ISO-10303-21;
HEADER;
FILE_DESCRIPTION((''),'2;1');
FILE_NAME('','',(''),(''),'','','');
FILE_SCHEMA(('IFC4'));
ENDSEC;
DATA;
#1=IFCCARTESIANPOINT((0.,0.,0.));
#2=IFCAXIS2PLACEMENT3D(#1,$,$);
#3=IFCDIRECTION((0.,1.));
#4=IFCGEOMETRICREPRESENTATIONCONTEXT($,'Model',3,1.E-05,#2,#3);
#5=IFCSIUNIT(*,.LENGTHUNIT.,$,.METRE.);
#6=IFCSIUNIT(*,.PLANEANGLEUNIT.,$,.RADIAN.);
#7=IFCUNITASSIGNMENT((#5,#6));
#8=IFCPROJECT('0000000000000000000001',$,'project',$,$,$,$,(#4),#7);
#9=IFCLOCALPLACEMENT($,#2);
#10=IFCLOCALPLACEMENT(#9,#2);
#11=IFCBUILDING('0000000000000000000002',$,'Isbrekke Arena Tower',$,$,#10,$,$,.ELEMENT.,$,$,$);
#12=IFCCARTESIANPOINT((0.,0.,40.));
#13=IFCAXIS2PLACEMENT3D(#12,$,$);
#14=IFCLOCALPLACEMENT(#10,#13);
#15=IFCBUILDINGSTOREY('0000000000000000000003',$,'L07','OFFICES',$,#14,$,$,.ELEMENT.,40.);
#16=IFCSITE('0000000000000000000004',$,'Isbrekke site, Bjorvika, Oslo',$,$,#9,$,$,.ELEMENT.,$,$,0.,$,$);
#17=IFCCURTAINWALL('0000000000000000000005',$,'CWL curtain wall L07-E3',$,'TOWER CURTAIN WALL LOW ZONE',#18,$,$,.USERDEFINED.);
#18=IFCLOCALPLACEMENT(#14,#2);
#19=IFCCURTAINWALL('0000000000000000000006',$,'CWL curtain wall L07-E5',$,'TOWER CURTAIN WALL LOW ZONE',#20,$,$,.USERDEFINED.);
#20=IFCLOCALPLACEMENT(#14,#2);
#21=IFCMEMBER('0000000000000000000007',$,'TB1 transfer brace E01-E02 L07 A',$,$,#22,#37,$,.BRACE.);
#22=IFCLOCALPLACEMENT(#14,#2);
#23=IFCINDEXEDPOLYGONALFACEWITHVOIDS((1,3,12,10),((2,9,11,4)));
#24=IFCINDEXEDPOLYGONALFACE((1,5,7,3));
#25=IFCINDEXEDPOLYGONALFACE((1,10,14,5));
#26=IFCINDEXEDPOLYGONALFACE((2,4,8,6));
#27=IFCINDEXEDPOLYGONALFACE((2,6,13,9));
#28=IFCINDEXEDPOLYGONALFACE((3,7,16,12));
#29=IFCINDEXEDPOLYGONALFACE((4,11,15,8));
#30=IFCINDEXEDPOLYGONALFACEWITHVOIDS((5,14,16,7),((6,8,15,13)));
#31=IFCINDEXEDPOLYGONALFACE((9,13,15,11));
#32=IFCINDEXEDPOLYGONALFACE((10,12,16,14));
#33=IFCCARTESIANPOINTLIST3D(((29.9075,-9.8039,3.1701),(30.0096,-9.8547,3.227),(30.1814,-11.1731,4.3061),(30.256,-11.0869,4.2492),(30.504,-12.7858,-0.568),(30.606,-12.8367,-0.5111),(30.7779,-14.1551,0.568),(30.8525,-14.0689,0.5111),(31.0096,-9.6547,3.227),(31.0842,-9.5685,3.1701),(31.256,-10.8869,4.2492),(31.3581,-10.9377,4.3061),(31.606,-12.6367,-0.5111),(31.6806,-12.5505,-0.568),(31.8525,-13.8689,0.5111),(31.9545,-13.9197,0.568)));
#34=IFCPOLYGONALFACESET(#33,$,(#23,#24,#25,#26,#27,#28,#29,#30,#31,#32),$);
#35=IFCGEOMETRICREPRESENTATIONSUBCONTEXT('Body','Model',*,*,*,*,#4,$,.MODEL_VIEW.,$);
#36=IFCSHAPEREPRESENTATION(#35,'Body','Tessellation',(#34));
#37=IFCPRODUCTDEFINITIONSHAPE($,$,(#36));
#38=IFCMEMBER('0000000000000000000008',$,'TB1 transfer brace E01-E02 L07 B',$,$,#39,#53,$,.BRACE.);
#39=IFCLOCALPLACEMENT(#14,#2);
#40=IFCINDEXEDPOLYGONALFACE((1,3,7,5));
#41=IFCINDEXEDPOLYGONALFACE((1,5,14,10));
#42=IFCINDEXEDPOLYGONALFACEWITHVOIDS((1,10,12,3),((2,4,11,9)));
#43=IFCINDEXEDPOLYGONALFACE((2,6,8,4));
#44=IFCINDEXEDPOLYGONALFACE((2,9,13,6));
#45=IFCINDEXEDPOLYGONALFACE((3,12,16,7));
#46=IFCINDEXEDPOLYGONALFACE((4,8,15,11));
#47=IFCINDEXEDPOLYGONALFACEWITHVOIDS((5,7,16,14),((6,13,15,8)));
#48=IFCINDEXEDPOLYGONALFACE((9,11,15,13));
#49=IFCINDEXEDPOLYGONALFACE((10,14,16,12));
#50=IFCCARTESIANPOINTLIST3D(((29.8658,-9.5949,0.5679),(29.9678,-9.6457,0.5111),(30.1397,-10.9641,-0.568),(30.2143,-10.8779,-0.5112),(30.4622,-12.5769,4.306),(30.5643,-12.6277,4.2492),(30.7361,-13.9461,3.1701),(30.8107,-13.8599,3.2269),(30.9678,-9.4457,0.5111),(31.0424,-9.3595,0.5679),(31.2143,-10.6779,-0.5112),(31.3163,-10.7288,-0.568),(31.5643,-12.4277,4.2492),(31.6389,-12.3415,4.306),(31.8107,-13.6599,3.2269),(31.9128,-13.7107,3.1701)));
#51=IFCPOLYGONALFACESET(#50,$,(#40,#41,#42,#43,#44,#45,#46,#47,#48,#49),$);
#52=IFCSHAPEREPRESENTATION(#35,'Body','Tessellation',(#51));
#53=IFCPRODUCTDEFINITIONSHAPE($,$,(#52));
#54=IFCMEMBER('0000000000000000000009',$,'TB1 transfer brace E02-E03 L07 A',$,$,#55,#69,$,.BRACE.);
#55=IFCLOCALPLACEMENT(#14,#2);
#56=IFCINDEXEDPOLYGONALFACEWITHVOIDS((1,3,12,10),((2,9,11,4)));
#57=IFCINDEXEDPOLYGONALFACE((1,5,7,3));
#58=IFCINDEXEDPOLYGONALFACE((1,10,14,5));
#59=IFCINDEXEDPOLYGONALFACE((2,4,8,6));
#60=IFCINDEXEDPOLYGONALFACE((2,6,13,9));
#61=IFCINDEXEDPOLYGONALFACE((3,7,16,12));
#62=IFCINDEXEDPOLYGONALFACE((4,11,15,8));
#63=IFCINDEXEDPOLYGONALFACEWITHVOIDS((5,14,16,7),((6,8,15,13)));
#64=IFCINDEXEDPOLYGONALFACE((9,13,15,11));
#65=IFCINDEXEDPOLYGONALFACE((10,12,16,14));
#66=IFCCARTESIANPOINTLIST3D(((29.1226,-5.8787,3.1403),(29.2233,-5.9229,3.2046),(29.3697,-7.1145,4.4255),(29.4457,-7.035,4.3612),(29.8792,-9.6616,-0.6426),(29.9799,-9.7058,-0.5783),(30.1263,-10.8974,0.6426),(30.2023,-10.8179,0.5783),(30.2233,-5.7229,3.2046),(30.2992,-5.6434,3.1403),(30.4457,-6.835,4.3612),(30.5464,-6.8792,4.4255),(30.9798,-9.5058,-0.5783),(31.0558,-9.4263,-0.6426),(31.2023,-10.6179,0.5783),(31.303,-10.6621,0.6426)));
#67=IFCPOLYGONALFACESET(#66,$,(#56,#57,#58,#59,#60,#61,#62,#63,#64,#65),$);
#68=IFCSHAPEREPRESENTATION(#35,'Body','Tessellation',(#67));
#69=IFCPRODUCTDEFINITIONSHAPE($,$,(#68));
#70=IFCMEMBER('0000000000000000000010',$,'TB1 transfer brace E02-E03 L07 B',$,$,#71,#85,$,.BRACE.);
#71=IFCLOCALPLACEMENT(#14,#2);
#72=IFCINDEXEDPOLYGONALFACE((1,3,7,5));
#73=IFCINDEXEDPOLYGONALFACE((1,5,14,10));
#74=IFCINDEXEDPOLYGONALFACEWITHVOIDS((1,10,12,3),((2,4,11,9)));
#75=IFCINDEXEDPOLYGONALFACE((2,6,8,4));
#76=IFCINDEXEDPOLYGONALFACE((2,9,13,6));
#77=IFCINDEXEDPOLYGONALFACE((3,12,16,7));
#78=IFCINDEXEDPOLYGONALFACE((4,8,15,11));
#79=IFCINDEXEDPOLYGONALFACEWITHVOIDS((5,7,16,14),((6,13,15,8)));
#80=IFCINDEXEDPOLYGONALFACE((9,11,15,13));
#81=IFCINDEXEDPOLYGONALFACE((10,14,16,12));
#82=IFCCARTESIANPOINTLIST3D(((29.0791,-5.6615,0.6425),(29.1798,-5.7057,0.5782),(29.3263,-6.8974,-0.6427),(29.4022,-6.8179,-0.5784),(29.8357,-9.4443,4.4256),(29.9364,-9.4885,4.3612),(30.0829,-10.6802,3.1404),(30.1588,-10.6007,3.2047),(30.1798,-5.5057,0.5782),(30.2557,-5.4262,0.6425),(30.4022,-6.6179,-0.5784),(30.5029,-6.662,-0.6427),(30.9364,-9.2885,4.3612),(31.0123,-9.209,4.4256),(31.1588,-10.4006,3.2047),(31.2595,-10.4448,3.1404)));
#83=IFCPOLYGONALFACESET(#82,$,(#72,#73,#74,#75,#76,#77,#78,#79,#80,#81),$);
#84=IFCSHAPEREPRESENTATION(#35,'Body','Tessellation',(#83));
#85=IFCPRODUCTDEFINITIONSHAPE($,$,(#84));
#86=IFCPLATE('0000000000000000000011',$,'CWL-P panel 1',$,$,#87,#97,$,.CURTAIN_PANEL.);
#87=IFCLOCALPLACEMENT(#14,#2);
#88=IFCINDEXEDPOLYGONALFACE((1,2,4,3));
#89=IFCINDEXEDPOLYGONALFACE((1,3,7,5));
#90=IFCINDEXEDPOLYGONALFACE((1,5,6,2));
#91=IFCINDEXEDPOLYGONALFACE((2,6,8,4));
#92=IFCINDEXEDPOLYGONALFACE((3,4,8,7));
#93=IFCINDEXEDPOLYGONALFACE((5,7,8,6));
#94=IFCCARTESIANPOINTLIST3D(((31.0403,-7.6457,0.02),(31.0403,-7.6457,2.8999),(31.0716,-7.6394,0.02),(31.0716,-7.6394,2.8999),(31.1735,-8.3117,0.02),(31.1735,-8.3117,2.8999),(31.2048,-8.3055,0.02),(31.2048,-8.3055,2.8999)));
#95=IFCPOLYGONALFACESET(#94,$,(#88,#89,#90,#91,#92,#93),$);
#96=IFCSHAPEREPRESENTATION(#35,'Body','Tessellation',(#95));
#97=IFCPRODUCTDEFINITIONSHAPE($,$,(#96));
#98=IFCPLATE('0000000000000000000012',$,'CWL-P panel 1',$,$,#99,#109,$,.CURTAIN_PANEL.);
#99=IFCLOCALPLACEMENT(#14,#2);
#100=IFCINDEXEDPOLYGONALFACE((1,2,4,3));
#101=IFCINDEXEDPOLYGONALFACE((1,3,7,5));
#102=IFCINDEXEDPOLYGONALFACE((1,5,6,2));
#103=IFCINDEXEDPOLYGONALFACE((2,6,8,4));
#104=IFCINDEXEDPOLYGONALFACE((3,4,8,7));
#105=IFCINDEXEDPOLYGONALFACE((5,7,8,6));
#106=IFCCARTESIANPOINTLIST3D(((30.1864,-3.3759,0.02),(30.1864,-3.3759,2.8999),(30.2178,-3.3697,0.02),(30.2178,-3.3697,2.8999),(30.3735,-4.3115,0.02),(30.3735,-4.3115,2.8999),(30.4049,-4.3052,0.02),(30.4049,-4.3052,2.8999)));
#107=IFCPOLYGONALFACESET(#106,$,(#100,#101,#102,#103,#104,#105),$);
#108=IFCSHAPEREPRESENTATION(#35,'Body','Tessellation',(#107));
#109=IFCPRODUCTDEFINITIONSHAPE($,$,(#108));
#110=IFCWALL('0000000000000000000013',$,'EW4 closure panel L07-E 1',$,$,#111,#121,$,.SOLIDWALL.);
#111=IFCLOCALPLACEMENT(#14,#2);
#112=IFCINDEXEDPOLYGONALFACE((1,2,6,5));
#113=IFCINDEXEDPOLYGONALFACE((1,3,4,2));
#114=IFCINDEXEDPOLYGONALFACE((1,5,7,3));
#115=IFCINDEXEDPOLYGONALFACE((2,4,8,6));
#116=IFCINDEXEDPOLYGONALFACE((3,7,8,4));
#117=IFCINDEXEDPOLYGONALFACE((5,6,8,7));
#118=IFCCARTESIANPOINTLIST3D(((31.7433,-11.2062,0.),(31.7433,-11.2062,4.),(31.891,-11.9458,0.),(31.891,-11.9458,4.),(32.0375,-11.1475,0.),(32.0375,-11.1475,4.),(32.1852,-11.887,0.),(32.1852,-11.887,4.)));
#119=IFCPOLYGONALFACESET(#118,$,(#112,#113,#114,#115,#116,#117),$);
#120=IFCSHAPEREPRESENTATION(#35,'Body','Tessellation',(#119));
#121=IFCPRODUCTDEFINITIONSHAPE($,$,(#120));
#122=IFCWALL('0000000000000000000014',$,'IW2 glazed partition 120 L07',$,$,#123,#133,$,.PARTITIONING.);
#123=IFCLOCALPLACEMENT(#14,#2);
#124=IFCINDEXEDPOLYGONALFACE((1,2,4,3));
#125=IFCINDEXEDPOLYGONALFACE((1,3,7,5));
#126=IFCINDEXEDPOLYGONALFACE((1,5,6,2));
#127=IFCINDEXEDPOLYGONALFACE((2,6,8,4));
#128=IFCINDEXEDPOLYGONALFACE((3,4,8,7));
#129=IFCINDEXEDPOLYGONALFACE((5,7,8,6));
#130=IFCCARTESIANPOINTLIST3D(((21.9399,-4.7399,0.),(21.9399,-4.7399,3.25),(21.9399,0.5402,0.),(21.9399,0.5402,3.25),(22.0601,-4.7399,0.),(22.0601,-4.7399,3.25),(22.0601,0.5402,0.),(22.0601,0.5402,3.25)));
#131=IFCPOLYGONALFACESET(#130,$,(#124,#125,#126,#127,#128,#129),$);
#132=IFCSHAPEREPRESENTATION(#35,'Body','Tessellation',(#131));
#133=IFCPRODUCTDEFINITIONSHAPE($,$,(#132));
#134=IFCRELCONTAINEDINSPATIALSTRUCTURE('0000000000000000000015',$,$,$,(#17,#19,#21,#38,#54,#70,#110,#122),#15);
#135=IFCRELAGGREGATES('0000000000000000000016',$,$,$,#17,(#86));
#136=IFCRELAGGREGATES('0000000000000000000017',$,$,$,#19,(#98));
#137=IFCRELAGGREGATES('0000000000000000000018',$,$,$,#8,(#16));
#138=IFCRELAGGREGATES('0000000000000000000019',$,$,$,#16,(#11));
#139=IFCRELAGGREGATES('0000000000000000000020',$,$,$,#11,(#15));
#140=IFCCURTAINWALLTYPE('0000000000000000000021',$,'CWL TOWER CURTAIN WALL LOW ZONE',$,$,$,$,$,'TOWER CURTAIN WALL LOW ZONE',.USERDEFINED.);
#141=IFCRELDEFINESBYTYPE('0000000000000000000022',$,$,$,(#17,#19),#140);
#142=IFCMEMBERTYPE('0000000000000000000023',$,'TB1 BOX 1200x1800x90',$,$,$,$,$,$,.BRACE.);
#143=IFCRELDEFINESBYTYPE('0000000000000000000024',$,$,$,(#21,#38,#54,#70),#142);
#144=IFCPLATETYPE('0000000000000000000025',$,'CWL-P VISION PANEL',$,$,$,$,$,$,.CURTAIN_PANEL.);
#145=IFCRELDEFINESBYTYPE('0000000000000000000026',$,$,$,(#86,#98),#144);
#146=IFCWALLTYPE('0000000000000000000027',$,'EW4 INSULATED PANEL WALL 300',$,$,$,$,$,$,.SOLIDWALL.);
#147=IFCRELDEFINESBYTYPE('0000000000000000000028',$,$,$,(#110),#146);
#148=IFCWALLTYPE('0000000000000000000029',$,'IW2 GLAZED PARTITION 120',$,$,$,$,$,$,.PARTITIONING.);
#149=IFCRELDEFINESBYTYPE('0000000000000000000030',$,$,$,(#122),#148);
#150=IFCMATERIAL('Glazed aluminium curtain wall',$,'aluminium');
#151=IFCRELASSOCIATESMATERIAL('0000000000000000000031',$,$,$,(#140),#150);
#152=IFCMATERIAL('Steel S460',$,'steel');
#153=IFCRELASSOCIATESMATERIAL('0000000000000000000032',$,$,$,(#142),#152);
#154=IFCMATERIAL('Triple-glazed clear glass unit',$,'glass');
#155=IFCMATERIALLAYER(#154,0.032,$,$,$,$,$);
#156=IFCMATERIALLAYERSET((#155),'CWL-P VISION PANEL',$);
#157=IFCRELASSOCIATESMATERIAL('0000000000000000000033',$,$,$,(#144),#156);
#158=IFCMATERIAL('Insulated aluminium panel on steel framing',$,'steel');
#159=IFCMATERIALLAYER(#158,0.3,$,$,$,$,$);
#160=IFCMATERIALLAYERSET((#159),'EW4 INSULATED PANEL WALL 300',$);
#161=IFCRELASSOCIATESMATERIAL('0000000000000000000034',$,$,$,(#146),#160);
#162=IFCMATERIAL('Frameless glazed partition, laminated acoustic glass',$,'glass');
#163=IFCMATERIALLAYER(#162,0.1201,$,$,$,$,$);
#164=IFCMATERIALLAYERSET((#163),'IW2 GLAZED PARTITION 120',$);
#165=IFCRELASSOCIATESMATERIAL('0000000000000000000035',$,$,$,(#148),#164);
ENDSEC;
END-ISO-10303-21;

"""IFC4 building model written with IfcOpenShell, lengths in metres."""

from ifc_helpers import new_model, si_unit, direction, frame, frame_2d, origin, origin_2d, place, context, subcontext, project, spatial, rectangle, hollow_rectangle, extrude, material, layer, layer_set, material_profile, profile_set, type_object, element, aggregate, save


model = new_model("IFC4")

# Units and contexts
model_context = context("Model", 3, precision=1e-05, world=origin(), true_north=direction((0.0, 1.0)))
body_context = subcontext(model_context, "Body", "Model", "MODEL_VIEW")
ifc_project = project(units=[si_unit("LENGTHUNIT", "METRE"), si_unit("PLANEANGLEUNIT", "RADIAN")], contexts=[model_context])

# Site, building, storey
site_placement = place(None, origin())
site = spatial("IfcSite", under=ifc_project, at=site_placement, Name="Isbrekke site, Bjorvika, Oslo", CompositionType="ELEMENT", RefElevation=0.0)
building_placement = place(site_placement, origin())
building = spatial("IfcBuilding", under=site, at=building_placement, Name="Isbrekke Arena Tower", CompositionType="ELEMENT")
storey_placement = place(building_placement, frame((0.0, 0.0, 40.0)))
storey = spatial("IfcBuildingStorey", under=building, at=storey_placement, Name="L07", Description="OFFICES", CompositionType="ELEMENT", Elevation=40.0)

# Curtain walls
ifc_material_1 = material(Name="Glazed aluminium curtain wall", Category="aluminium")
curtain_wall_type = type_object("IfcCurtainWallType", Name="CWL TOWER CURTAIN WALL LOW ZONE", ElementType="TOWER CURTAIN WALL LOW ZONE", PredefinedType="USERDEFINED", material=ifc_material_1)
curtain_wall_1_placement = place(storey_placement, origin())
curtain_wall_1 = element("IfcCurtainWall", 1, at=curtain_wall_1_placement, inside=storey, type_object=curtain_wall_type, Name="CWL curtain wall L07-E3", ObjectType="TOWER CURTAIN WALL LOW ZONE", PredefinedType="USERDEFINED")
curtain_wall_2_placement = place(storey_placement, origin())
curtain_wall_2 = element("IfcCurtainWall", 2, at=curtain_wall_2_placement, inside=storey, type_object=curtain_wall_type, Name="CWL curtain wall L07-E5", ObjectType="TOWER CURTAIN WALL LOW ZONE", PredefinedType="USERDEFINED")

# Members
ifc_material_2 = material(Name="Steel S460", Category="steel")
ifc_material_profile_1 = material_profile(ifc_material_2, hollow_rectangle(XDim=1.2, YDim=1.8, WallThickness=0.0901, at=origin_2d()), Name="BOX 1200x1800x90")
ifc_profile_set_1 = profile_set([ifc_material_profile_1], Name="Steel S460")
member_type_1 = type_object("IfcMemberType", Name="TB1 BOX 1200x1800x90", PredefinedType="BRACE", material=ifc_profile_set_1)
for number, where, z_axis, x_axis, name in (
    (3, (31.2292, -13.3528, 0.0), (-0.123773, 0.618816, 0.775724), (-0.980578, -0.196132, 0.0), "TB1 transfer brace E01-E02 L07 A"),
    (4, (31.1875, -13.1438, 3.738), (-0.123773, 0.618816, -0.775724), (-0.980578, -0.196132, 0.0), "TB1 transfer brace E01-E02 L07 B"),
):
    element("IfcMember", number, at=place(storey_placement, frame(where, z_axis=z_axis, x_axis=x_axis)), inside=storey, type_object=member_type_1, Name=name, PredefinedType="BRACE", context=body_context, shape_type="SweptSolid", body=[
        extrude(hollow_rectangle(XDim=1.2, YDim=1.8, WallThickness=0.0901, at=origin_2d()), origin(), (0.0, 0.0, 1.0), 4.8188),
    ])
for number, where, z_axis, x_axis, name in (
    (5, (30.5911, -10.1619, 0.0), (-0.140028, 0.70014, 0.70014), (-0.980581, -0.196116, 0.0), "TB1 transfer brace E02-E03 L07 A"),
    (6, (30.5476, -9.9446, 3.783), (-0.140032, 0.700117, -0.700162), (-0.980578, -0.196128, 0.0), "TB1 transfer brace E02-E03 L07 B"),
):
    element("IfcMember", number, at=place(storey_placement, frame(where, z_axis=z_axis, x_axis=x_axis)), inside=storey, type_object=member_type_1, Name=name, PredefinedType="BRACE", context=body_context, shape_type="SweptSolid", body=[
        extrude(hollow_rectangle(XDim=1.2, YDim=1.8, WallThickness=0.0901, at=origin_2d()), origin(), (0.0, 0.0, 1.0), 5.4031),
    ])

# Plates
ifc_material_3 = material(Name="Triple-glazed clear glass unit", Category="glass")
ifc_layer_1 = layer(ifc_material_3, 0.032)
ifc_layer_set_1 = layer_set([ifc_layer_1], Name="CWL-P VISION PANEL")
plate_type = type_object("IfcPlateType", Name="CWL-P VISION PANEL", PredefinedType="CURTAIN_PANEL", material=ifc_layer_set_1)
plate_1_placement = place(storey_placement, frame((31.1226, -7.9756, 0.02), z_axis=(0.0, 0.0, 1.0), x_axis=(-0.196116, 0.980581, 0.0)))
plate_1 = element("IfcPlate", 7, at=plate_1_placement, type_object=plate_type, Name="CWL-P panel 1", PredefinedType="CURTAIN_PANEL", context=body_context, shape_type="SweptSolid", body=[
    extrude(rectangle(XDim=0.6792, YDim=0.032, at=origin_2d()), origin(), (0.0, 0.0, 1.0), 2.8799),
])
aggregate(curtain_wall_1, [plate_1])
plate_2_placement = place(storey_placement, frame((30.2957, -3.8406, 0.02), z_axis=(0.0, 0.0, 1.0), x_axis=(-0.196116, 0.980581, 0.0)))
plate_2 = element("IfcPlate", 8, at=plate_2_placement, type_object=plate_type, Name="CWL-P panel 1", PredefinedType="CURTAIN_PANEL", context=body_context, shape_type="SweptSolid", body=[
    extrude(rectangle(XDim=0.9541, YDim=0.032, at=origin_2d()), origin(), (0.0, 0.0, 1.0), 2.8799),
])
aggregate(curtain_wall_2, [plate_2])

# Walls
ifc_material_4 = material(Name="Insulated aluminium panel on steel framing", Category="steel")
ifc_layer_2 = layer(ifc_material_4, 0.3)
ifc_layer_set_2 = layer_set([ifc_layer_2], Name="EW4 INSULATED PANEL WALL 300")
wall_type_1 = type_object("IfcWallType", Name="EW4 INSULATED PANEL WALL 300", PredefinedType="SOLIDWALL", material=ifc_layer_set_2)
wall_1_placement = place(storey_placement, frame((32.0381, -11.9163, 0.0), z_axis=(0.0, 0.0, 1.0), x_axis=(-0.195867, 0.98063, 0.0)))
element("IfcWall", 9, at=wall_1_placement, inside=storey, type_object=wall_type_1, Name="EW4 closure panel L07-E 1", PredefinedType="SOLIDWALL", context=body_context, shape_type="SweptSolid", body=[
    extrude(rectangle(XDim=0.7542, YDim=0.3, at=frame_2d((0.377, 0.0))), origin(), (0.0, 0.0, 1.0), 4.0),
])
ifc_material_5 = material(Name="Frameless glazed partition, laminated acoustic glass", Category="glass")
ifc_layer_3 = layer(ifc_material_5, 0.1201)
ifc_layer_set_3 = layer_set([ifc_layer_3], Name="IW2 GLAZED PARTITION 120")
wall_type_2 = type_object("IfcWallType", Name="IW2 GLAZED PARTITION 120", PredefinedType="PARTITIONING", material=ifc_layer_set_3)
wall_2_placement = place(storey_placement, frame((22.0, -4.74, 0.0), z_axis=(0.0, 0.0, 1.0), x_axis=(0.0, 1.0, 0.0)))
element("IfcWall", 10, at=wall_2_placement, inside=storey, type_object=wall_type_2, Name="IW2 glazed partition 120 L07", PredefinedType="PARTITIONING", context=body_context, shape_type="SweptSolid", body=[
    extrude(rectangle(XDim=5.28, YDim=0.1201, at=frame_2d((2.6401, 0.0))), origin(), (0.0, 0.0, 1.0), 3.25),
])

save(model, "model.ifc")
